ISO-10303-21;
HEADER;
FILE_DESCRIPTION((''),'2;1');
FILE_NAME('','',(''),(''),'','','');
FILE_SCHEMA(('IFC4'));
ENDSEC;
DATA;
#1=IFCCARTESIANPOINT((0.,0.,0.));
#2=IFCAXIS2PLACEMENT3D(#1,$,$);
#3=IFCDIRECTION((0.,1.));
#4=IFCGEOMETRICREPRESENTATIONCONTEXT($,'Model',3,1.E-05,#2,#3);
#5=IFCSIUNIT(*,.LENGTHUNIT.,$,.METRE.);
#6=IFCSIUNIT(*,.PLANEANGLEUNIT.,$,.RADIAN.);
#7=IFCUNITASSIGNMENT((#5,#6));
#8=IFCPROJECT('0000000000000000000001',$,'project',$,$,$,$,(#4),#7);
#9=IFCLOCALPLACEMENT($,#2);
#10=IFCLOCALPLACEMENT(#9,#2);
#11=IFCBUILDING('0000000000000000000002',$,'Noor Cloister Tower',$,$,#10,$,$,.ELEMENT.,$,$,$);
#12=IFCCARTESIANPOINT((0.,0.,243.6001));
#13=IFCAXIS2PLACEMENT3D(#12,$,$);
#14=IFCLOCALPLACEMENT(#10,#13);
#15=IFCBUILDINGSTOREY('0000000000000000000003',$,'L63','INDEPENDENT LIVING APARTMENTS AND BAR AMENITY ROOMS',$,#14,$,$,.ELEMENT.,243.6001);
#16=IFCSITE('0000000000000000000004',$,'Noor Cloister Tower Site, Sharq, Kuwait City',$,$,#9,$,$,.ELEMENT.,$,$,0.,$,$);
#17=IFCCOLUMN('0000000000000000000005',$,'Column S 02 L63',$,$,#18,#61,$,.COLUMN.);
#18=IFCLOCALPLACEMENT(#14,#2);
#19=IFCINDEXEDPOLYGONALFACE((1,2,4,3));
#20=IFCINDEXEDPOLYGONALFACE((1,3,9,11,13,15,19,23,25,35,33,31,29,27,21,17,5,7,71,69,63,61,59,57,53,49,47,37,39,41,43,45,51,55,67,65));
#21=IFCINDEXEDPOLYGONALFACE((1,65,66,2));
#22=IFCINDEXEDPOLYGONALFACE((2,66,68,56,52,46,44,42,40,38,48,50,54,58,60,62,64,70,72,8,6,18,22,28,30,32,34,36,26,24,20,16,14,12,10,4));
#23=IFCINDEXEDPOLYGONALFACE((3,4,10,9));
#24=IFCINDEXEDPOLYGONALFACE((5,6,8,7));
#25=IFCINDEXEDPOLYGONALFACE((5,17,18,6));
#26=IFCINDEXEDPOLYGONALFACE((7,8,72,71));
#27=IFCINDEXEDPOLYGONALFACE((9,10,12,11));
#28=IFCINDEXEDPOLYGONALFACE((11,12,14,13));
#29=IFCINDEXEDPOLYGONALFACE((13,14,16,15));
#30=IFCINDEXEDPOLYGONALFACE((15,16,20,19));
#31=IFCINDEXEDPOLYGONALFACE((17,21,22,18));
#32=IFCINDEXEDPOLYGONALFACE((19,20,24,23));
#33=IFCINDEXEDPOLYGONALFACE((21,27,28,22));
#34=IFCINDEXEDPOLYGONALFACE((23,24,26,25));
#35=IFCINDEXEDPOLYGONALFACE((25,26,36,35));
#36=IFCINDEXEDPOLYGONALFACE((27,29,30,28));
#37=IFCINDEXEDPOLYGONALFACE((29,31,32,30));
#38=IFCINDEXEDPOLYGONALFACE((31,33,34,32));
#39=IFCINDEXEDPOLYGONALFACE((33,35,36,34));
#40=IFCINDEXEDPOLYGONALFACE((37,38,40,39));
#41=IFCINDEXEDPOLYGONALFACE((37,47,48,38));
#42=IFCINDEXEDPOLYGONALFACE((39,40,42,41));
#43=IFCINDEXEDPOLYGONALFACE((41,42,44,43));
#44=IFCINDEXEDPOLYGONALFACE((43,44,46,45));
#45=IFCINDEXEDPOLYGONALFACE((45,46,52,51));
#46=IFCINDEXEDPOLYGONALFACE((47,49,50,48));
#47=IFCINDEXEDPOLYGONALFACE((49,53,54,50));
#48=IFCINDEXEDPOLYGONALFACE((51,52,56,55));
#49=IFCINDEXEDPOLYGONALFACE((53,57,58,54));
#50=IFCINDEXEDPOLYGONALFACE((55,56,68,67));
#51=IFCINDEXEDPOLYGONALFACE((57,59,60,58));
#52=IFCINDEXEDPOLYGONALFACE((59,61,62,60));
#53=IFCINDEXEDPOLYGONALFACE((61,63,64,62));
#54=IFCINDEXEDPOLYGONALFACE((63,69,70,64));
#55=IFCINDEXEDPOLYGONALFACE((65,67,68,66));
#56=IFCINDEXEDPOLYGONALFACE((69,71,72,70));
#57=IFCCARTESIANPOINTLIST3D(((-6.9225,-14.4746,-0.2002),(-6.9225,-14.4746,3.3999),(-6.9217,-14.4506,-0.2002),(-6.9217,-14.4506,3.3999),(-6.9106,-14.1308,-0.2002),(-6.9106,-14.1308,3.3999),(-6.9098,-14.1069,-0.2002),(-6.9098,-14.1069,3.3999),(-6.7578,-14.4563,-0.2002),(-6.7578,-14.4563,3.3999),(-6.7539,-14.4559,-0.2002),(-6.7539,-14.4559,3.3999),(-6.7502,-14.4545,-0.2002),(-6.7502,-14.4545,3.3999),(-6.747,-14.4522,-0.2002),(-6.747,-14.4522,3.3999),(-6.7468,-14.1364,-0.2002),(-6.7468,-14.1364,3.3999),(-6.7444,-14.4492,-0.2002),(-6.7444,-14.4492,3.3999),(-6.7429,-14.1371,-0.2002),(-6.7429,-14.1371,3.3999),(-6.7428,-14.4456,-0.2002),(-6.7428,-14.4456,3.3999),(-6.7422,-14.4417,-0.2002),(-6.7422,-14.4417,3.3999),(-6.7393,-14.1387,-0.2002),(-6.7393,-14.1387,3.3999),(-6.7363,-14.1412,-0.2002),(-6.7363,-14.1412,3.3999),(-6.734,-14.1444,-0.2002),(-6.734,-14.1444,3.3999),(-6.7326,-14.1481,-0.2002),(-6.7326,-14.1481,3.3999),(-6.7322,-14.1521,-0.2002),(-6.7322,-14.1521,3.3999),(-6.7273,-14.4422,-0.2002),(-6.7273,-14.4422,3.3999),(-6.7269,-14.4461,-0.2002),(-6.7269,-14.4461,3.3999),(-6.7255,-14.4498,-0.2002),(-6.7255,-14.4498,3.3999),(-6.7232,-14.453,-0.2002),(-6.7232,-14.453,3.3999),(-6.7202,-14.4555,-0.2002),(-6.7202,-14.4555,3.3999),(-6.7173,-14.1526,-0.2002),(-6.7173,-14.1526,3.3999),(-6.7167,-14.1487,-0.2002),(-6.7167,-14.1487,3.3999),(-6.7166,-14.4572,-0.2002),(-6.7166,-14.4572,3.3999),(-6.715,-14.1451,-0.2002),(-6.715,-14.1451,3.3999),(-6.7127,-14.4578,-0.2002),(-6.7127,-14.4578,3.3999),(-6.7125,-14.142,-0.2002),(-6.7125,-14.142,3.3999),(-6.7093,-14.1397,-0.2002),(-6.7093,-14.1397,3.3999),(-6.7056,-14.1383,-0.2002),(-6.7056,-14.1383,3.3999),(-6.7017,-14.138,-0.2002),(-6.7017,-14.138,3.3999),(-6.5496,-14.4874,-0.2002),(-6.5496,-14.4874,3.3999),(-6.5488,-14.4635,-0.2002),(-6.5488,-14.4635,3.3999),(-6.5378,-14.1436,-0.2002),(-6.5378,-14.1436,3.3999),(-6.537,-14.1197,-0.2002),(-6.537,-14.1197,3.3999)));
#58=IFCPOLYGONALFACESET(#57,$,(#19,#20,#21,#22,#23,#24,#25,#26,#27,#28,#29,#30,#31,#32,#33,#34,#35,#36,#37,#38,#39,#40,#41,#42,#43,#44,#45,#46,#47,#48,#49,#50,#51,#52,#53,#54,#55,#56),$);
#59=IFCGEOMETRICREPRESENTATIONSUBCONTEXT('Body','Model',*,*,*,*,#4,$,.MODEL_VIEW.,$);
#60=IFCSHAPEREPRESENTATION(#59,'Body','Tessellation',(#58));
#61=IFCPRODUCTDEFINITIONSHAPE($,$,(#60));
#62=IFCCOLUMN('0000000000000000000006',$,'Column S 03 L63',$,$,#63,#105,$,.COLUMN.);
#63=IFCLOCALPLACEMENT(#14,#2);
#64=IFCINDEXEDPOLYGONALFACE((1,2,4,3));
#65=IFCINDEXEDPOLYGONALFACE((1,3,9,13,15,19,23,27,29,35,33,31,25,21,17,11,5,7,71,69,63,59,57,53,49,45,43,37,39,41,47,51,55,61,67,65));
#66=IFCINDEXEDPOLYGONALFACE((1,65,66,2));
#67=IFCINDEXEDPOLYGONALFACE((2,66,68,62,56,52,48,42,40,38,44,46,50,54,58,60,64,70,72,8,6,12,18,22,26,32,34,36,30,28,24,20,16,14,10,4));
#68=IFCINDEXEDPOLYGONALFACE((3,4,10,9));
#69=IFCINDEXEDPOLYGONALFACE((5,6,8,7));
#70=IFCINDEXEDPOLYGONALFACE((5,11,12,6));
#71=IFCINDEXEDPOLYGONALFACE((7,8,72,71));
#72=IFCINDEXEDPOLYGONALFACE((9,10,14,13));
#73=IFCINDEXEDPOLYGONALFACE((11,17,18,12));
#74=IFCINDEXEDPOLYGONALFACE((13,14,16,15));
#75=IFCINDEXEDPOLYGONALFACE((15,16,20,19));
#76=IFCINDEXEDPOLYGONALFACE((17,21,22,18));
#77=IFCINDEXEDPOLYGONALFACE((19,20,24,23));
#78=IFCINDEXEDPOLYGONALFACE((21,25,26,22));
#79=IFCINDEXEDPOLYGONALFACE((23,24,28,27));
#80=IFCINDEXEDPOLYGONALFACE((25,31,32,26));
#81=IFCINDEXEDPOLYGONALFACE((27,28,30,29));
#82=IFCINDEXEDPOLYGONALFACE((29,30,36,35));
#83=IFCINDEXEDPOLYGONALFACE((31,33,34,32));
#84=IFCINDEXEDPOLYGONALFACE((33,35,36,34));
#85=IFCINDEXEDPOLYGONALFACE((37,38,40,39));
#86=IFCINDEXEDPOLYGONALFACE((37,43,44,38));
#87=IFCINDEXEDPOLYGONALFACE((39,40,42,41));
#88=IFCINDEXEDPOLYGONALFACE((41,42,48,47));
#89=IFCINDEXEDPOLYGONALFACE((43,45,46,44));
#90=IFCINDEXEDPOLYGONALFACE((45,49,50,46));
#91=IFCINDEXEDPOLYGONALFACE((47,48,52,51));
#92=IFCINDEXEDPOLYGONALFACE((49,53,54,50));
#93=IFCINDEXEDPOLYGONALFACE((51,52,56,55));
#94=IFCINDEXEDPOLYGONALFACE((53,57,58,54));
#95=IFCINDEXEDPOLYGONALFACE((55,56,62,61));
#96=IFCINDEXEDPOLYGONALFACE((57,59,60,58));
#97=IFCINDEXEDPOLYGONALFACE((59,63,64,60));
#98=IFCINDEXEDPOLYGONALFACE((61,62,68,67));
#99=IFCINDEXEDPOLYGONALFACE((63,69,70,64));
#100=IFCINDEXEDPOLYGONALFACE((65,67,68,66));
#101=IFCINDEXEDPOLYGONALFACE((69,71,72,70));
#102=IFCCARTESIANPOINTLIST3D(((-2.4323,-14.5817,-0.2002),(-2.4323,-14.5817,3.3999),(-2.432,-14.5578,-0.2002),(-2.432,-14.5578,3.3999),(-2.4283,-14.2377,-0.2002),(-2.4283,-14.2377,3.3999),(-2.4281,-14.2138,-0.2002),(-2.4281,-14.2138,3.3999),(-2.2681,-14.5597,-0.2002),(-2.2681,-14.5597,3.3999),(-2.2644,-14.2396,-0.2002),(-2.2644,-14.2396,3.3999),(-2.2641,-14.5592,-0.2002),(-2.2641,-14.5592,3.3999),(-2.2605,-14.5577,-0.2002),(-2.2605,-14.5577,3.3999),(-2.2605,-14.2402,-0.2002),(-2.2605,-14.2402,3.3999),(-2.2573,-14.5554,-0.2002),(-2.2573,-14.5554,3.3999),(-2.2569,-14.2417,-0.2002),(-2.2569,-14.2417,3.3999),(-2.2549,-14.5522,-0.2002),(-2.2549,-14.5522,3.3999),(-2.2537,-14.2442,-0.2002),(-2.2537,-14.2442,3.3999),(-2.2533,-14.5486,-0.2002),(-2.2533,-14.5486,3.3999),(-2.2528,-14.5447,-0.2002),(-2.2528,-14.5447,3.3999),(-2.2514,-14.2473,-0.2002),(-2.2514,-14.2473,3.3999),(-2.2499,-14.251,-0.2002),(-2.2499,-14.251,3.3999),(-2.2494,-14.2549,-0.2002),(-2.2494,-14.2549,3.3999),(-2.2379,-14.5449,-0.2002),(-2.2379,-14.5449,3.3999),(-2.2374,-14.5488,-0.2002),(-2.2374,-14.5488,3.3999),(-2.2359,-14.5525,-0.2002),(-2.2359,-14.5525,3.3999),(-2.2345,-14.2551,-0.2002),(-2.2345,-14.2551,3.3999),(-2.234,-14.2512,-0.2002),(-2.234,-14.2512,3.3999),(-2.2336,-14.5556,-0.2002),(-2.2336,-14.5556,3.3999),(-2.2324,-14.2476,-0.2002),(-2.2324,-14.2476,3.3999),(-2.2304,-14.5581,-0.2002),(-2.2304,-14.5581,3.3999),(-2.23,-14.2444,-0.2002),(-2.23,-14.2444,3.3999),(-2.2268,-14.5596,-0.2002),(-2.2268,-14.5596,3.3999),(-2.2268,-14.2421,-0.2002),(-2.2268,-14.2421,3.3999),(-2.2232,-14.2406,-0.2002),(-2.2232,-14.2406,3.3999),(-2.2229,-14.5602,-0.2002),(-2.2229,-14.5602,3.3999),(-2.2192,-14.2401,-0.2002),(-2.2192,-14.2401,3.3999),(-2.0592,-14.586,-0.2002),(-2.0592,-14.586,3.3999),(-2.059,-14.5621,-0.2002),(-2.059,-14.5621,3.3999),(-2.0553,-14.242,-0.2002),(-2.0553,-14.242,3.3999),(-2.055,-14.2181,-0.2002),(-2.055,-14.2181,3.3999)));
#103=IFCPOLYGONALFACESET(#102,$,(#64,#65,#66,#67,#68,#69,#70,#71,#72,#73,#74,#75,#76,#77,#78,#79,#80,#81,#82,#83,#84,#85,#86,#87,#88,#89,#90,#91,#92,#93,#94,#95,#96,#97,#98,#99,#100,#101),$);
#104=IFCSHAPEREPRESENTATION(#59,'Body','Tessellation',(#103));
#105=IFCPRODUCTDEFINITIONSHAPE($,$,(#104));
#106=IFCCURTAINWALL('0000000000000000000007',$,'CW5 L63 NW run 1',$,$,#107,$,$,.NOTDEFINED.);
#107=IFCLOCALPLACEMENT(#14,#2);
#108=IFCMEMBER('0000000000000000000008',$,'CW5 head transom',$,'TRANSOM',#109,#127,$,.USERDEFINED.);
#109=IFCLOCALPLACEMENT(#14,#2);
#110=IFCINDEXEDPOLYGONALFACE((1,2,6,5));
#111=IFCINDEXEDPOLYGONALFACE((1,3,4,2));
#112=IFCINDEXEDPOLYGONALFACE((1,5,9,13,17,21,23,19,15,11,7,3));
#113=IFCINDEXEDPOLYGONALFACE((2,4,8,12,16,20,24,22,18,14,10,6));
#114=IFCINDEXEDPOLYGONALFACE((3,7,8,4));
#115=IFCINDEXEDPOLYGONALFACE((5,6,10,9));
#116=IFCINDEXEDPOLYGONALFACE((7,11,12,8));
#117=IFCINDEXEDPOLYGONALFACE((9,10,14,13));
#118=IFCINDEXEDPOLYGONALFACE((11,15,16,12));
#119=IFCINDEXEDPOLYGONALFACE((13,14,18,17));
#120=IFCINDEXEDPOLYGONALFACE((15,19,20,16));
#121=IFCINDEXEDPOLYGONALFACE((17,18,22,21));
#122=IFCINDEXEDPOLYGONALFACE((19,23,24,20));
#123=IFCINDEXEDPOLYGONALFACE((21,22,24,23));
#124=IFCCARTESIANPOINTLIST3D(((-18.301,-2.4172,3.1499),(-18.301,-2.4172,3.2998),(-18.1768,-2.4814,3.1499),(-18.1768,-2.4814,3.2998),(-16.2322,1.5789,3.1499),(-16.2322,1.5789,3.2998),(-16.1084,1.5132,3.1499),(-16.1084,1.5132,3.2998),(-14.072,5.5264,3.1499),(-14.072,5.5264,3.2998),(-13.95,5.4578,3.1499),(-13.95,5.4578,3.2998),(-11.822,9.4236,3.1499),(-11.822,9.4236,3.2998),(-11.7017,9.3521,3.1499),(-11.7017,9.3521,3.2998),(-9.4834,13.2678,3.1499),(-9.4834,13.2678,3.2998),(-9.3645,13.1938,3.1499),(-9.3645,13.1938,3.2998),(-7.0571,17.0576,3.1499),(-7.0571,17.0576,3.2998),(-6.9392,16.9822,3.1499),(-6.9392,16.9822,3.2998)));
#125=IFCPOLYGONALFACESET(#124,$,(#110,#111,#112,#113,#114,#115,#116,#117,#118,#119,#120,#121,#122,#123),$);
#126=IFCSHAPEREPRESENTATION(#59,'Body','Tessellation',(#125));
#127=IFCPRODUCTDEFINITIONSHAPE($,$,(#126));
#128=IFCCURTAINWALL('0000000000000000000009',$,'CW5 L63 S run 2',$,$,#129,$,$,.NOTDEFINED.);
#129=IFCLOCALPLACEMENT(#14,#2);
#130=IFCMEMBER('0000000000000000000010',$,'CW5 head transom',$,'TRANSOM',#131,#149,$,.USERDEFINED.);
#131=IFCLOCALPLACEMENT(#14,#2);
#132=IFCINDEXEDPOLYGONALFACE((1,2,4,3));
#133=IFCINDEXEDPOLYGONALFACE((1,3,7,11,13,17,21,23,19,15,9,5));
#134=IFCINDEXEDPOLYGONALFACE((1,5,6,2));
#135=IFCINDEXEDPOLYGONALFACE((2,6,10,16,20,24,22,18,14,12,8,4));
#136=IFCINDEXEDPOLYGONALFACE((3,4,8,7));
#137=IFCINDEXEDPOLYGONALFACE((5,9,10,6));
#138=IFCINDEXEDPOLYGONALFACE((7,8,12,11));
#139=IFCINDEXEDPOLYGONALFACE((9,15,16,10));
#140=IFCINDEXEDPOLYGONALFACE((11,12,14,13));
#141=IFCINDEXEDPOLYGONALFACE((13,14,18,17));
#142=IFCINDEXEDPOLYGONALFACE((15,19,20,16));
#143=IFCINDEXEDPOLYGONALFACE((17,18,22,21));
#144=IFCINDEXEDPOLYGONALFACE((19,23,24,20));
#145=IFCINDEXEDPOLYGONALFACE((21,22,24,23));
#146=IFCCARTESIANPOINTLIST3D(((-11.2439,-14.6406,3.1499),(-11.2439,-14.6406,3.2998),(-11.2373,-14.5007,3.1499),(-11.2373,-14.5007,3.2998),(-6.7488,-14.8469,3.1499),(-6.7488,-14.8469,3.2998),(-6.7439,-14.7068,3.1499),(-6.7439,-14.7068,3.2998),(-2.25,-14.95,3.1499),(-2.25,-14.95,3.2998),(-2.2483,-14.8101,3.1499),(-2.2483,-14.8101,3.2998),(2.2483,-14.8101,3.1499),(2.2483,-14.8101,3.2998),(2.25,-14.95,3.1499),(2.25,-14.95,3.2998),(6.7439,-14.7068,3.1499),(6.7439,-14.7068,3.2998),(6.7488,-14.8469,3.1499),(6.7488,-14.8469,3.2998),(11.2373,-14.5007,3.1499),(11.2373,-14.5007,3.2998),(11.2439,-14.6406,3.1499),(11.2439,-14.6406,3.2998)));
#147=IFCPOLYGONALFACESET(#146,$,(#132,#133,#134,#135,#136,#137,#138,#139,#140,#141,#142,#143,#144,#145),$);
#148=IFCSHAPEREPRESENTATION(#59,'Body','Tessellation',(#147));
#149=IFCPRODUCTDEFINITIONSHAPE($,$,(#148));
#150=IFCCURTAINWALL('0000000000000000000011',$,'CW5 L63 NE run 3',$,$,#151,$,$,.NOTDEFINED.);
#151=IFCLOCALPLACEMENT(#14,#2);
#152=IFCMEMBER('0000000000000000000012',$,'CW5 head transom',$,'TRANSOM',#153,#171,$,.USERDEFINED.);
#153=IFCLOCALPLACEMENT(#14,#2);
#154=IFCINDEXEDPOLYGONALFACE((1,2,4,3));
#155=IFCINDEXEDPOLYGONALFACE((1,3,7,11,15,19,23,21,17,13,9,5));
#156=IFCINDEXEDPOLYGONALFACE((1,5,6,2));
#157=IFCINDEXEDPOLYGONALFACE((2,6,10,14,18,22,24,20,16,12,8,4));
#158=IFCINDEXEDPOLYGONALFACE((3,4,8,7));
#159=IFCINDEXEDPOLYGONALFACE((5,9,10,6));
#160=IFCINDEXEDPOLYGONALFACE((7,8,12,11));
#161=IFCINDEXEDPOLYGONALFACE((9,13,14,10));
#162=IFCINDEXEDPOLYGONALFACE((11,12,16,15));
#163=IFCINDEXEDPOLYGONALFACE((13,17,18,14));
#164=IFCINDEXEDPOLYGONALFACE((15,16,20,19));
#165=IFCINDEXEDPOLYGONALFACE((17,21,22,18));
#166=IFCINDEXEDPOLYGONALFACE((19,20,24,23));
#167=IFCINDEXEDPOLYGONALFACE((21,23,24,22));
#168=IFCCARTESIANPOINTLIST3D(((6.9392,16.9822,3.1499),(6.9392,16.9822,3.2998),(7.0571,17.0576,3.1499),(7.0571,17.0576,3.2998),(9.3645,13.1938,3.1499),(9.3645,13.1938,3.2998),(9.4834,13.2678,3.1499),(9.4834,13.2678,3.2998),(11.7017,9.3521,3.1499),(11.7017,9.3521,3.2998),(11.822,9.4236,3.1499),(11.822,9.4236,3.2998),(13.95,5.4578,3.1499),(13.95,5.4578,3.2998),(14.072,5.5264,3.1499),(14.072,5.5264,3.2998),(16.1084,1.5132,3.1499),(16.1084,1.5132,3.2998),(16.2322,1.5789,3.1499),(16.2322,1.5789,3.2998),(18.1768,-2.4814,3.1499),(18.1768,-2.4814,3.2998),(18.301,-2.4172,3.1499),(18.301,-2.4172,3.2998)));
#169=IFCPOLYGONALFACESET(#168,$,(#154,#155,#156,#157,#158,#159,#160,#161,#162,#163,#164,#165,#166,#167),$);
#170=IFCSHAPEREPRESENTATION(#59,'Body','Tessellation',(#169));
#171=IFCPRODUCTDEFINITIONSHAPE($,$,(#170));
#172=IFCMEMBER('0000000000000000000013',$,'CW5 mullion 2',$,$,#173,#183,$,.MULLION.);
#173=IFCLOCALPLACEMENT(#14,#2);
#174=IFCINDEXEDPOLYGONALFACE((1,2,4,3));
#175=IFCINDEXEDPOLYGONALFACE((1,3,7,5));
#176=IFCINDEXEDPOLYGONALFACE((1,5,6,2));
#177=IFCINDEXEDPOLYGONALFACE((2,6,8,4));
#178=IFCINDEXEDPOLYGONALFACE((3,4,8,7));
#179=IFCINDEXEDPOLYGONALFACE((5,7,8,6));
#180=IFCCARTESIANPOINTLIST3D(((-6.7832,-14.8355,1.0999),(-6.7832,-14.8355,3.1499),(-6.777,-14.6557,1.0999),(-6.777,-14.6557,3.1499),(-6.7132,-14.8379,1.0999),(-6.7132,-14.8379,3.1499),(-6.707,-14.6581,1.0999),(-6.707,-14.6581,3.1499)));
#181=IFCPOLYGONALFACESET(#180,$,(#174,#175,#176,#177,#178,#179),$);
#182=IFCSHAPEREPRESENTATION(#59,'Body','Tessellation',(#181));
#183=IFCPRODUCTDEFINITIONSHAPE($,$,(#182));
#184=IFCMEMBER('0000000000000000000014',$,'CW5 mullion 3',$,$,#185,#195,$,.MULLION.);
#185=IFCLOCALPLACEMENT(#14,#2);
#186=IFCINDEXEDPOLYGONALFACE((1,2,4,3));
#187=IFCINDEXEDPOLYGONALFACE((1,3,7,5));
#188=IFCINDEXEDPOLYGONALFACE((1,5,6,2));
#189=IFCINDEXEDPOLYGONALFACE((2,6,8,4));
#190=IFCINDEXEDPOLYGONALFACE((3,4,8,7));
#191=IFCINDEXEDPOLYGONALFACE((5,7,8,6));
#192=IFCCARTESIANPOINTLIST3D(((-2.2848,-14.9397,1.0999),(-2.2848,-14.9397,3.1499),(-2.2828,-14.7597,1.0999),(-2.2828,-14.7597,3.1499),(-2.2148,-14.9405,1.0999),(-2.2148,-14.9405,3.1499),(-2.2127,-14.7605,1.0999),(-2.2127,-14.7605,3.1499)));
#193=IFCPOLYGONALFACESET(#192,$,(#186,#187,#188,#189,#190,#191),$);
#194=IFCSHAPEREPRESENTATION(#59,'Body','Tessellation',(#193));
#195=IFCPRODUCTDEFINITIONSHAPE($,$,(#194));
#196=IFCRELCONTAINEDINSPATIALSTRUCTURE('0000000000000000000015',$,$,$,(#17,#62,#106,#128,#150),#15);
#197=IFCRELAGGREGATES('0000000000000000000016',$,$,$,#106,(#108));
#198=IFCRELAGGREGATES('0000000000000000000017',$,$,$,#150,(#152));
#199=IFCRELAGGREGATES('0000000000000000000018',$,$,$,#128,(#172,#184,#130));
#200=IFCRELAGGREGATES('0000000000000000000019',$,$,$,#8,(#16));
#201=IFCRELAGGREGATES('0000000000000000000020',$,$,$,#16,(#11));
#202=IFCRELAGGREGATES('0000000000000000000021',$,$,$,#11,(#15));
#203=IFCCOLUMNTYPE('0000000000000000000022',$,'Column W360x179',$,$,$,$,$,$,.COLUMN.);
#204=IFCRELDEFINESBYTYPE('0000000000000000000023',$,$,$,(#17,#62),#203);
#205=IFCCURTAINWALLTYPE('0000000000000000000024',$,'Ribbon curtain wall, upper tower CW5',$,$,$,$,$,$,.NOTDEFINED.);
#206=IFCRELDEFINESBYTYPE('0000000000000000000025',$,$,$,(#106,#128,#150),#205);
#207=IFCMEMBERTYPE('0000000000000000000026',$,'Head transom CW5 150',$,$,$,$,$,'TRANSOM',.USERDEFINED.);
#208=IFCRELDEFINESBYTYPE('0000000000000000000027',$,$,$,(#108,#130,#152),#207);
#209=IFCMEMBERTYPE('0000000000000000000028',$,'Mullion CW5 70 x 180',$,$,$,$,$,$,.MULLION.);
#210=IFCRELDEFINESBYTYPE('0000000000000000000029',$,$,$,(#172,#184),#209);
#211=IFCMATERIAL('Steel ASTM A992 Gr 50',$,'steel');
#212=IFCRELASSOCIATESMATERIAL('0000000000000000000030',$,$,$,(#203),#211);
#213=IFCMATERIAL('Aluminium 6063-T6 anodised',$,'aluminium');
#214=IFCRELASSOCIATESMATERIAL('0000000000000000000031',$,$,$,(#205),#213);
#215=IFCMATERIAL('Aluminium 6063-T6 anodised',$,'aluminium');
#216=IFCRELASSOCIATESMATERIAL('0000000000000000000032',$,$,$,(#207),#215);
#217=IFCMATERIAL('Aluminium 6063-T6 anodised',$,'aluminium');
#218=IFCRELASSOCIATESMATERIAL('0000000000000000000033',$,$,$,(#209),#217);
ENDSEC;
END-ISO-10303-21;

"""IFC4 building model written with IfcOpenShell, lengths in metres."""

from ifc_helpers import new_model, si_unit, direction, frame, origin, origin_2d, place, context, subcontext, project, spatial, polyline, rectangle, i_section, outline, extrude, material, material_profile, profile_set, type_object, element, aggregate, save


model = new_model("IFC4")

# Units and contexts
model_context = context("Model", 3, precision=1e-05, world=origin(), true_north=direction((0.0, 1.0)))
body_context = subcontext(model_context, "Body", "Model", "MODEL_VIEW")
ifc_project = project(units=[si_unit("LENGTHUNIT", "METRE"), si_unit("PLANEANGLEUNIT", "RADIAN")], contexts=[model_context])

# Site, building, storey
site_placement = place(None, origin())
site = spatial("IfcSite", under=ifc_project, at=site_placement, Name="Noor Cloister Tower Site, Sharq, Kuwait City", CompositionType="ELEMENT", RefElevation=0.0)
building_placement = place(site_placement, origin())
building = spatial("IfcBuilding", under=site, at=building_placement, Name="Noor Cloister Tower", CompositionType="ELEMENT")
storey_placement = place(building_placement, frame((0.0, 0.0, 243.6001)))
storey = spatial("IfcBuildingStorey", under=building, at=storey_placement, Name="L63", Description="INDEPENDENT LIVING APARTMENTS AND BAR AMENITY ROOMS", CompositionType="ELEMENT", Elevation=243.6001)

# Columns
ifc_material_1 = material(Name="Steel ASTM A992 Gr 50", Category="steel")
ifc_material_profile_1 = material_profile(ifc_material_1, i_section(OverallWidth=0.373, OverallDepth=0.3679, WebThickness=0.0149, FlangeThickness=0.0239, FilletRadius=0.0151, at=origin_2d()), Name="W360x179")
ifc_profile_set_1 = profile_set([ifc_material_profile_1], Name="Steel ASTM A992 Gr 50")
column_type = type_object("IfcColumnType", Name="Column W360x179", PredefinedType="COLUMN", material=ifc_profile_set_1)
for number, where, z_axis, x_axis, name in (
    (1, (-6.7297, -14.2971, -0.2002), (0.0, 0.0, 1.0), (0.999409, -0.034383, 0.0), "Column S 02 L63"),
    (2, (-2.2437, -14.3999, -0.2002), (0.0, 0.0, 1.0), (0.999934, -0.011463, 0.0), "Column S 03 L63"),
):
    element("IfcColumn", number, at=place(storey_placement, frame(where, z_axis=z_axis, x_axis=x_axis)), inside=storey, type_object=column_type, Name=name, PredefinedType="COLUMN", context=body_context, shape_type="SweptSolid", body=[
        extrude(i_section(OverallWidth=0.373, OverallDepth=0.3679, WebThickness=0.0149, FlangeThickness=0.0239, FilletRadius=0.0151, at=origin_2d()), origin(), (0.0, 0.0, 1.0), 3.6001),
    ])

# Curtain walls, members
ifc_material_2 = material(Name="Aluminium 6063-T6 anodised", Category="aluminium")
curtain_wall_type = type_object("IfcCurtainWallType", Name="Ribbon curtain wall, upper tower CW5", PredefinedType="NOTDEFINED", material=ifc_material_2)
curtain_wall_1_placement = place(storey_placement, origin())
curtain_wall_1 = element("IfcCurtainWall", 3, at=curtain_wall_1_placement, inside=storey, type_object=curtain_wall_type, Name="CW5 L63 NW run 1", PredefinedType="NOTDEFINED")
ifc_material_3 = material(Name="Aluminium 6063-T6 anodised", Category="aluminium")
member_type_1 = type_object("IfcMemberType", Name="Head transom CW5 150", ElementType="TRANSOM", PredefinedType="USERDEFINED", material=ifc_material_3)
member_1_placement = place(storey_placement, frame((0.0, 0.0, 3.1499)))
member_1 = element("IfcMember", 4, at=member_1_placement, type_object=member_type_1, Name="CW5 head transom", ObjectType="TRANSOM", PredefinedType="USERDEFINED", context=body_context, shape_type="SweptSolid", body=[
    extrude(outline(polyline([(-7.0571, 17.0576), (-9.4834, 13.2678), (-11.822, 9.4236), (-14.072, 5.5264), (-16.2322, 1.5789), (-18.301, -2.4172), (-18.1768, -2.4814), (-16.1084, 1.5132), (-13.95, 5.4578), (-11.7017, 9.3521), (-9.3645, 13.1938), (-6.9392, 16.9822), (-7.0571, 17.0576)])), origin(), (0.0, 0.0, 1.0), 0.1499),
])
curtain_wall_2_placement = place(storey_placement, origin())
curtain_wall_2 = element("IfcCurtainWall", 5, at=curtain_wall_2_placement, inside=storey, type_object=curtain_wall_type, Name="CW5 L63 S run 2", PredefinedType="NOTDEFINED")
member_2_placement = place(storey_placement, frame((0.0, 0.0, 3.1499)))
member_2 = element("IfcMember", 6, at=member_2_placement, type_object=member_type_1, Name="CW5 head transom", ObjectType="TRANSOM", PredefinedType="USERDEFINED", context=body_context, shape_type="SweptSolid", body=[
    extrude(outline(polyline([(-11.2439, -14.6406), (-6.7488, -14.8469), (-2.25, -14.95), (2.25, -14.95), (6.7488, -14.8469), (11.2439, -14.6406), (11.2373, -14.5007), (6.7439, -14.7068), (2.2483, -14.8101), (-2.2483, -14.8101), (-6.7439, -14.7068), (-11.2373, -14.5007), (-11.2439, -14.6406)])), origin(), (0.0, 0.0, 1.0), 0.1499),
])
curtain_wall_3_placement = place(storey_placement, origin())
curtain_wall_3 = element("IfcCurtainWall", 7, at=curtain_wall_3_placement, inside=storey, type_object=curtain_wall_type, Name="CW5 L63 NE run 3", PredefinedType="NOTDEFINED")
member_3_placement = place(storey_placement, frame((0.0, 0.0, 3.1499)))
member_3 = element("IfcMember", 8, at=member_3_placement, type_object=member_type_1, Name="CW5 head transom", ObjectType="TRANSOM", PredefinedType="USERDEFINED", context=body_context, shape_type="SweptSolid", body=[
    extrude(outline(polyline([(18.301, -2.4172), (16.2322, 1.5789), (14.072, 5.5264), (11.822, 9.4236), (9.4834, 13.2678), (7.0571, 17.0576), (6.9392, 16.9822), (9.3645, 13.1938), (11.7017, 9.3521), (13.95, 5.4578), (16.1084, 1.5132), (18.1768, -2.4814), (18.301, -2.4172)])), origin(), (0.0, 0.0, 1.0), 0.1499),
])

# Members
ifc_material_4 = material(Name="Aluminium 6063-T6 anodised", Category="aluminium")
ifc_material_profile_2 = material_profile(ifc_material_4, rectangle(XDim=0.1799, YDim=0.0701, at=origin_2d()), Name="180 x 70 mullion")
ifc_profile_set_2 = profile_set([ifc_material_profile_2], Name="Aluminium 6063-T6 anodised")
member_type_2 = type_object("IfcMemberType", Name="Mullion CW5 70 x 180", PredefinedType="MULLION", material=ifc_profile_set_2)
member_4_placement = place(storey_placement, frame((-6.7451, -14.7468, 1.0999), z_axis=(0.0, 0.0, 1.0), x_axis=(0.034383, 0.999409, 0.0)))
member_4 = element("IfcMember", 9, at=member_4_placement, type_object=member_type_2, Name="CW5 mullion 2", PredefinedType="MULLION", context=body_context, shape_type="SweptSolid", body=[
    extrude(rectangle(XDim=0.1799, YDim=0.0701, at=origin_2d()), origin(), (0.0, 0.0, 1.0), 2.05),
])
member_5_placement = place(storey_placement, frame((-2.2488, -14.8501, 1.0999), z_axis=(0.0, 0.0, 1.0), x_axis=(0.011463, 0.999934, 0.0)))
member_5 = element("IfcMember", 10, at=member_5_placement, type_object=member_type_2, Name="CW5 mullion 3", PredefinedType="MULLION", context=body_context, shape_type="SweptSolid", body=[
    extrude(rectangle(XDim=0.1799, YDim=0.0701, at=origin_2d()), origin(), (0.0, 0.0, 1.0), 2.05),
])

aggregate(curtain_wall_1, [member_1])
aggregate(curtain_wall_3, [member_3])

aggregate(curtain_wall_2, [member_4, member_5, member_2])

save(model, "model.ifc")
